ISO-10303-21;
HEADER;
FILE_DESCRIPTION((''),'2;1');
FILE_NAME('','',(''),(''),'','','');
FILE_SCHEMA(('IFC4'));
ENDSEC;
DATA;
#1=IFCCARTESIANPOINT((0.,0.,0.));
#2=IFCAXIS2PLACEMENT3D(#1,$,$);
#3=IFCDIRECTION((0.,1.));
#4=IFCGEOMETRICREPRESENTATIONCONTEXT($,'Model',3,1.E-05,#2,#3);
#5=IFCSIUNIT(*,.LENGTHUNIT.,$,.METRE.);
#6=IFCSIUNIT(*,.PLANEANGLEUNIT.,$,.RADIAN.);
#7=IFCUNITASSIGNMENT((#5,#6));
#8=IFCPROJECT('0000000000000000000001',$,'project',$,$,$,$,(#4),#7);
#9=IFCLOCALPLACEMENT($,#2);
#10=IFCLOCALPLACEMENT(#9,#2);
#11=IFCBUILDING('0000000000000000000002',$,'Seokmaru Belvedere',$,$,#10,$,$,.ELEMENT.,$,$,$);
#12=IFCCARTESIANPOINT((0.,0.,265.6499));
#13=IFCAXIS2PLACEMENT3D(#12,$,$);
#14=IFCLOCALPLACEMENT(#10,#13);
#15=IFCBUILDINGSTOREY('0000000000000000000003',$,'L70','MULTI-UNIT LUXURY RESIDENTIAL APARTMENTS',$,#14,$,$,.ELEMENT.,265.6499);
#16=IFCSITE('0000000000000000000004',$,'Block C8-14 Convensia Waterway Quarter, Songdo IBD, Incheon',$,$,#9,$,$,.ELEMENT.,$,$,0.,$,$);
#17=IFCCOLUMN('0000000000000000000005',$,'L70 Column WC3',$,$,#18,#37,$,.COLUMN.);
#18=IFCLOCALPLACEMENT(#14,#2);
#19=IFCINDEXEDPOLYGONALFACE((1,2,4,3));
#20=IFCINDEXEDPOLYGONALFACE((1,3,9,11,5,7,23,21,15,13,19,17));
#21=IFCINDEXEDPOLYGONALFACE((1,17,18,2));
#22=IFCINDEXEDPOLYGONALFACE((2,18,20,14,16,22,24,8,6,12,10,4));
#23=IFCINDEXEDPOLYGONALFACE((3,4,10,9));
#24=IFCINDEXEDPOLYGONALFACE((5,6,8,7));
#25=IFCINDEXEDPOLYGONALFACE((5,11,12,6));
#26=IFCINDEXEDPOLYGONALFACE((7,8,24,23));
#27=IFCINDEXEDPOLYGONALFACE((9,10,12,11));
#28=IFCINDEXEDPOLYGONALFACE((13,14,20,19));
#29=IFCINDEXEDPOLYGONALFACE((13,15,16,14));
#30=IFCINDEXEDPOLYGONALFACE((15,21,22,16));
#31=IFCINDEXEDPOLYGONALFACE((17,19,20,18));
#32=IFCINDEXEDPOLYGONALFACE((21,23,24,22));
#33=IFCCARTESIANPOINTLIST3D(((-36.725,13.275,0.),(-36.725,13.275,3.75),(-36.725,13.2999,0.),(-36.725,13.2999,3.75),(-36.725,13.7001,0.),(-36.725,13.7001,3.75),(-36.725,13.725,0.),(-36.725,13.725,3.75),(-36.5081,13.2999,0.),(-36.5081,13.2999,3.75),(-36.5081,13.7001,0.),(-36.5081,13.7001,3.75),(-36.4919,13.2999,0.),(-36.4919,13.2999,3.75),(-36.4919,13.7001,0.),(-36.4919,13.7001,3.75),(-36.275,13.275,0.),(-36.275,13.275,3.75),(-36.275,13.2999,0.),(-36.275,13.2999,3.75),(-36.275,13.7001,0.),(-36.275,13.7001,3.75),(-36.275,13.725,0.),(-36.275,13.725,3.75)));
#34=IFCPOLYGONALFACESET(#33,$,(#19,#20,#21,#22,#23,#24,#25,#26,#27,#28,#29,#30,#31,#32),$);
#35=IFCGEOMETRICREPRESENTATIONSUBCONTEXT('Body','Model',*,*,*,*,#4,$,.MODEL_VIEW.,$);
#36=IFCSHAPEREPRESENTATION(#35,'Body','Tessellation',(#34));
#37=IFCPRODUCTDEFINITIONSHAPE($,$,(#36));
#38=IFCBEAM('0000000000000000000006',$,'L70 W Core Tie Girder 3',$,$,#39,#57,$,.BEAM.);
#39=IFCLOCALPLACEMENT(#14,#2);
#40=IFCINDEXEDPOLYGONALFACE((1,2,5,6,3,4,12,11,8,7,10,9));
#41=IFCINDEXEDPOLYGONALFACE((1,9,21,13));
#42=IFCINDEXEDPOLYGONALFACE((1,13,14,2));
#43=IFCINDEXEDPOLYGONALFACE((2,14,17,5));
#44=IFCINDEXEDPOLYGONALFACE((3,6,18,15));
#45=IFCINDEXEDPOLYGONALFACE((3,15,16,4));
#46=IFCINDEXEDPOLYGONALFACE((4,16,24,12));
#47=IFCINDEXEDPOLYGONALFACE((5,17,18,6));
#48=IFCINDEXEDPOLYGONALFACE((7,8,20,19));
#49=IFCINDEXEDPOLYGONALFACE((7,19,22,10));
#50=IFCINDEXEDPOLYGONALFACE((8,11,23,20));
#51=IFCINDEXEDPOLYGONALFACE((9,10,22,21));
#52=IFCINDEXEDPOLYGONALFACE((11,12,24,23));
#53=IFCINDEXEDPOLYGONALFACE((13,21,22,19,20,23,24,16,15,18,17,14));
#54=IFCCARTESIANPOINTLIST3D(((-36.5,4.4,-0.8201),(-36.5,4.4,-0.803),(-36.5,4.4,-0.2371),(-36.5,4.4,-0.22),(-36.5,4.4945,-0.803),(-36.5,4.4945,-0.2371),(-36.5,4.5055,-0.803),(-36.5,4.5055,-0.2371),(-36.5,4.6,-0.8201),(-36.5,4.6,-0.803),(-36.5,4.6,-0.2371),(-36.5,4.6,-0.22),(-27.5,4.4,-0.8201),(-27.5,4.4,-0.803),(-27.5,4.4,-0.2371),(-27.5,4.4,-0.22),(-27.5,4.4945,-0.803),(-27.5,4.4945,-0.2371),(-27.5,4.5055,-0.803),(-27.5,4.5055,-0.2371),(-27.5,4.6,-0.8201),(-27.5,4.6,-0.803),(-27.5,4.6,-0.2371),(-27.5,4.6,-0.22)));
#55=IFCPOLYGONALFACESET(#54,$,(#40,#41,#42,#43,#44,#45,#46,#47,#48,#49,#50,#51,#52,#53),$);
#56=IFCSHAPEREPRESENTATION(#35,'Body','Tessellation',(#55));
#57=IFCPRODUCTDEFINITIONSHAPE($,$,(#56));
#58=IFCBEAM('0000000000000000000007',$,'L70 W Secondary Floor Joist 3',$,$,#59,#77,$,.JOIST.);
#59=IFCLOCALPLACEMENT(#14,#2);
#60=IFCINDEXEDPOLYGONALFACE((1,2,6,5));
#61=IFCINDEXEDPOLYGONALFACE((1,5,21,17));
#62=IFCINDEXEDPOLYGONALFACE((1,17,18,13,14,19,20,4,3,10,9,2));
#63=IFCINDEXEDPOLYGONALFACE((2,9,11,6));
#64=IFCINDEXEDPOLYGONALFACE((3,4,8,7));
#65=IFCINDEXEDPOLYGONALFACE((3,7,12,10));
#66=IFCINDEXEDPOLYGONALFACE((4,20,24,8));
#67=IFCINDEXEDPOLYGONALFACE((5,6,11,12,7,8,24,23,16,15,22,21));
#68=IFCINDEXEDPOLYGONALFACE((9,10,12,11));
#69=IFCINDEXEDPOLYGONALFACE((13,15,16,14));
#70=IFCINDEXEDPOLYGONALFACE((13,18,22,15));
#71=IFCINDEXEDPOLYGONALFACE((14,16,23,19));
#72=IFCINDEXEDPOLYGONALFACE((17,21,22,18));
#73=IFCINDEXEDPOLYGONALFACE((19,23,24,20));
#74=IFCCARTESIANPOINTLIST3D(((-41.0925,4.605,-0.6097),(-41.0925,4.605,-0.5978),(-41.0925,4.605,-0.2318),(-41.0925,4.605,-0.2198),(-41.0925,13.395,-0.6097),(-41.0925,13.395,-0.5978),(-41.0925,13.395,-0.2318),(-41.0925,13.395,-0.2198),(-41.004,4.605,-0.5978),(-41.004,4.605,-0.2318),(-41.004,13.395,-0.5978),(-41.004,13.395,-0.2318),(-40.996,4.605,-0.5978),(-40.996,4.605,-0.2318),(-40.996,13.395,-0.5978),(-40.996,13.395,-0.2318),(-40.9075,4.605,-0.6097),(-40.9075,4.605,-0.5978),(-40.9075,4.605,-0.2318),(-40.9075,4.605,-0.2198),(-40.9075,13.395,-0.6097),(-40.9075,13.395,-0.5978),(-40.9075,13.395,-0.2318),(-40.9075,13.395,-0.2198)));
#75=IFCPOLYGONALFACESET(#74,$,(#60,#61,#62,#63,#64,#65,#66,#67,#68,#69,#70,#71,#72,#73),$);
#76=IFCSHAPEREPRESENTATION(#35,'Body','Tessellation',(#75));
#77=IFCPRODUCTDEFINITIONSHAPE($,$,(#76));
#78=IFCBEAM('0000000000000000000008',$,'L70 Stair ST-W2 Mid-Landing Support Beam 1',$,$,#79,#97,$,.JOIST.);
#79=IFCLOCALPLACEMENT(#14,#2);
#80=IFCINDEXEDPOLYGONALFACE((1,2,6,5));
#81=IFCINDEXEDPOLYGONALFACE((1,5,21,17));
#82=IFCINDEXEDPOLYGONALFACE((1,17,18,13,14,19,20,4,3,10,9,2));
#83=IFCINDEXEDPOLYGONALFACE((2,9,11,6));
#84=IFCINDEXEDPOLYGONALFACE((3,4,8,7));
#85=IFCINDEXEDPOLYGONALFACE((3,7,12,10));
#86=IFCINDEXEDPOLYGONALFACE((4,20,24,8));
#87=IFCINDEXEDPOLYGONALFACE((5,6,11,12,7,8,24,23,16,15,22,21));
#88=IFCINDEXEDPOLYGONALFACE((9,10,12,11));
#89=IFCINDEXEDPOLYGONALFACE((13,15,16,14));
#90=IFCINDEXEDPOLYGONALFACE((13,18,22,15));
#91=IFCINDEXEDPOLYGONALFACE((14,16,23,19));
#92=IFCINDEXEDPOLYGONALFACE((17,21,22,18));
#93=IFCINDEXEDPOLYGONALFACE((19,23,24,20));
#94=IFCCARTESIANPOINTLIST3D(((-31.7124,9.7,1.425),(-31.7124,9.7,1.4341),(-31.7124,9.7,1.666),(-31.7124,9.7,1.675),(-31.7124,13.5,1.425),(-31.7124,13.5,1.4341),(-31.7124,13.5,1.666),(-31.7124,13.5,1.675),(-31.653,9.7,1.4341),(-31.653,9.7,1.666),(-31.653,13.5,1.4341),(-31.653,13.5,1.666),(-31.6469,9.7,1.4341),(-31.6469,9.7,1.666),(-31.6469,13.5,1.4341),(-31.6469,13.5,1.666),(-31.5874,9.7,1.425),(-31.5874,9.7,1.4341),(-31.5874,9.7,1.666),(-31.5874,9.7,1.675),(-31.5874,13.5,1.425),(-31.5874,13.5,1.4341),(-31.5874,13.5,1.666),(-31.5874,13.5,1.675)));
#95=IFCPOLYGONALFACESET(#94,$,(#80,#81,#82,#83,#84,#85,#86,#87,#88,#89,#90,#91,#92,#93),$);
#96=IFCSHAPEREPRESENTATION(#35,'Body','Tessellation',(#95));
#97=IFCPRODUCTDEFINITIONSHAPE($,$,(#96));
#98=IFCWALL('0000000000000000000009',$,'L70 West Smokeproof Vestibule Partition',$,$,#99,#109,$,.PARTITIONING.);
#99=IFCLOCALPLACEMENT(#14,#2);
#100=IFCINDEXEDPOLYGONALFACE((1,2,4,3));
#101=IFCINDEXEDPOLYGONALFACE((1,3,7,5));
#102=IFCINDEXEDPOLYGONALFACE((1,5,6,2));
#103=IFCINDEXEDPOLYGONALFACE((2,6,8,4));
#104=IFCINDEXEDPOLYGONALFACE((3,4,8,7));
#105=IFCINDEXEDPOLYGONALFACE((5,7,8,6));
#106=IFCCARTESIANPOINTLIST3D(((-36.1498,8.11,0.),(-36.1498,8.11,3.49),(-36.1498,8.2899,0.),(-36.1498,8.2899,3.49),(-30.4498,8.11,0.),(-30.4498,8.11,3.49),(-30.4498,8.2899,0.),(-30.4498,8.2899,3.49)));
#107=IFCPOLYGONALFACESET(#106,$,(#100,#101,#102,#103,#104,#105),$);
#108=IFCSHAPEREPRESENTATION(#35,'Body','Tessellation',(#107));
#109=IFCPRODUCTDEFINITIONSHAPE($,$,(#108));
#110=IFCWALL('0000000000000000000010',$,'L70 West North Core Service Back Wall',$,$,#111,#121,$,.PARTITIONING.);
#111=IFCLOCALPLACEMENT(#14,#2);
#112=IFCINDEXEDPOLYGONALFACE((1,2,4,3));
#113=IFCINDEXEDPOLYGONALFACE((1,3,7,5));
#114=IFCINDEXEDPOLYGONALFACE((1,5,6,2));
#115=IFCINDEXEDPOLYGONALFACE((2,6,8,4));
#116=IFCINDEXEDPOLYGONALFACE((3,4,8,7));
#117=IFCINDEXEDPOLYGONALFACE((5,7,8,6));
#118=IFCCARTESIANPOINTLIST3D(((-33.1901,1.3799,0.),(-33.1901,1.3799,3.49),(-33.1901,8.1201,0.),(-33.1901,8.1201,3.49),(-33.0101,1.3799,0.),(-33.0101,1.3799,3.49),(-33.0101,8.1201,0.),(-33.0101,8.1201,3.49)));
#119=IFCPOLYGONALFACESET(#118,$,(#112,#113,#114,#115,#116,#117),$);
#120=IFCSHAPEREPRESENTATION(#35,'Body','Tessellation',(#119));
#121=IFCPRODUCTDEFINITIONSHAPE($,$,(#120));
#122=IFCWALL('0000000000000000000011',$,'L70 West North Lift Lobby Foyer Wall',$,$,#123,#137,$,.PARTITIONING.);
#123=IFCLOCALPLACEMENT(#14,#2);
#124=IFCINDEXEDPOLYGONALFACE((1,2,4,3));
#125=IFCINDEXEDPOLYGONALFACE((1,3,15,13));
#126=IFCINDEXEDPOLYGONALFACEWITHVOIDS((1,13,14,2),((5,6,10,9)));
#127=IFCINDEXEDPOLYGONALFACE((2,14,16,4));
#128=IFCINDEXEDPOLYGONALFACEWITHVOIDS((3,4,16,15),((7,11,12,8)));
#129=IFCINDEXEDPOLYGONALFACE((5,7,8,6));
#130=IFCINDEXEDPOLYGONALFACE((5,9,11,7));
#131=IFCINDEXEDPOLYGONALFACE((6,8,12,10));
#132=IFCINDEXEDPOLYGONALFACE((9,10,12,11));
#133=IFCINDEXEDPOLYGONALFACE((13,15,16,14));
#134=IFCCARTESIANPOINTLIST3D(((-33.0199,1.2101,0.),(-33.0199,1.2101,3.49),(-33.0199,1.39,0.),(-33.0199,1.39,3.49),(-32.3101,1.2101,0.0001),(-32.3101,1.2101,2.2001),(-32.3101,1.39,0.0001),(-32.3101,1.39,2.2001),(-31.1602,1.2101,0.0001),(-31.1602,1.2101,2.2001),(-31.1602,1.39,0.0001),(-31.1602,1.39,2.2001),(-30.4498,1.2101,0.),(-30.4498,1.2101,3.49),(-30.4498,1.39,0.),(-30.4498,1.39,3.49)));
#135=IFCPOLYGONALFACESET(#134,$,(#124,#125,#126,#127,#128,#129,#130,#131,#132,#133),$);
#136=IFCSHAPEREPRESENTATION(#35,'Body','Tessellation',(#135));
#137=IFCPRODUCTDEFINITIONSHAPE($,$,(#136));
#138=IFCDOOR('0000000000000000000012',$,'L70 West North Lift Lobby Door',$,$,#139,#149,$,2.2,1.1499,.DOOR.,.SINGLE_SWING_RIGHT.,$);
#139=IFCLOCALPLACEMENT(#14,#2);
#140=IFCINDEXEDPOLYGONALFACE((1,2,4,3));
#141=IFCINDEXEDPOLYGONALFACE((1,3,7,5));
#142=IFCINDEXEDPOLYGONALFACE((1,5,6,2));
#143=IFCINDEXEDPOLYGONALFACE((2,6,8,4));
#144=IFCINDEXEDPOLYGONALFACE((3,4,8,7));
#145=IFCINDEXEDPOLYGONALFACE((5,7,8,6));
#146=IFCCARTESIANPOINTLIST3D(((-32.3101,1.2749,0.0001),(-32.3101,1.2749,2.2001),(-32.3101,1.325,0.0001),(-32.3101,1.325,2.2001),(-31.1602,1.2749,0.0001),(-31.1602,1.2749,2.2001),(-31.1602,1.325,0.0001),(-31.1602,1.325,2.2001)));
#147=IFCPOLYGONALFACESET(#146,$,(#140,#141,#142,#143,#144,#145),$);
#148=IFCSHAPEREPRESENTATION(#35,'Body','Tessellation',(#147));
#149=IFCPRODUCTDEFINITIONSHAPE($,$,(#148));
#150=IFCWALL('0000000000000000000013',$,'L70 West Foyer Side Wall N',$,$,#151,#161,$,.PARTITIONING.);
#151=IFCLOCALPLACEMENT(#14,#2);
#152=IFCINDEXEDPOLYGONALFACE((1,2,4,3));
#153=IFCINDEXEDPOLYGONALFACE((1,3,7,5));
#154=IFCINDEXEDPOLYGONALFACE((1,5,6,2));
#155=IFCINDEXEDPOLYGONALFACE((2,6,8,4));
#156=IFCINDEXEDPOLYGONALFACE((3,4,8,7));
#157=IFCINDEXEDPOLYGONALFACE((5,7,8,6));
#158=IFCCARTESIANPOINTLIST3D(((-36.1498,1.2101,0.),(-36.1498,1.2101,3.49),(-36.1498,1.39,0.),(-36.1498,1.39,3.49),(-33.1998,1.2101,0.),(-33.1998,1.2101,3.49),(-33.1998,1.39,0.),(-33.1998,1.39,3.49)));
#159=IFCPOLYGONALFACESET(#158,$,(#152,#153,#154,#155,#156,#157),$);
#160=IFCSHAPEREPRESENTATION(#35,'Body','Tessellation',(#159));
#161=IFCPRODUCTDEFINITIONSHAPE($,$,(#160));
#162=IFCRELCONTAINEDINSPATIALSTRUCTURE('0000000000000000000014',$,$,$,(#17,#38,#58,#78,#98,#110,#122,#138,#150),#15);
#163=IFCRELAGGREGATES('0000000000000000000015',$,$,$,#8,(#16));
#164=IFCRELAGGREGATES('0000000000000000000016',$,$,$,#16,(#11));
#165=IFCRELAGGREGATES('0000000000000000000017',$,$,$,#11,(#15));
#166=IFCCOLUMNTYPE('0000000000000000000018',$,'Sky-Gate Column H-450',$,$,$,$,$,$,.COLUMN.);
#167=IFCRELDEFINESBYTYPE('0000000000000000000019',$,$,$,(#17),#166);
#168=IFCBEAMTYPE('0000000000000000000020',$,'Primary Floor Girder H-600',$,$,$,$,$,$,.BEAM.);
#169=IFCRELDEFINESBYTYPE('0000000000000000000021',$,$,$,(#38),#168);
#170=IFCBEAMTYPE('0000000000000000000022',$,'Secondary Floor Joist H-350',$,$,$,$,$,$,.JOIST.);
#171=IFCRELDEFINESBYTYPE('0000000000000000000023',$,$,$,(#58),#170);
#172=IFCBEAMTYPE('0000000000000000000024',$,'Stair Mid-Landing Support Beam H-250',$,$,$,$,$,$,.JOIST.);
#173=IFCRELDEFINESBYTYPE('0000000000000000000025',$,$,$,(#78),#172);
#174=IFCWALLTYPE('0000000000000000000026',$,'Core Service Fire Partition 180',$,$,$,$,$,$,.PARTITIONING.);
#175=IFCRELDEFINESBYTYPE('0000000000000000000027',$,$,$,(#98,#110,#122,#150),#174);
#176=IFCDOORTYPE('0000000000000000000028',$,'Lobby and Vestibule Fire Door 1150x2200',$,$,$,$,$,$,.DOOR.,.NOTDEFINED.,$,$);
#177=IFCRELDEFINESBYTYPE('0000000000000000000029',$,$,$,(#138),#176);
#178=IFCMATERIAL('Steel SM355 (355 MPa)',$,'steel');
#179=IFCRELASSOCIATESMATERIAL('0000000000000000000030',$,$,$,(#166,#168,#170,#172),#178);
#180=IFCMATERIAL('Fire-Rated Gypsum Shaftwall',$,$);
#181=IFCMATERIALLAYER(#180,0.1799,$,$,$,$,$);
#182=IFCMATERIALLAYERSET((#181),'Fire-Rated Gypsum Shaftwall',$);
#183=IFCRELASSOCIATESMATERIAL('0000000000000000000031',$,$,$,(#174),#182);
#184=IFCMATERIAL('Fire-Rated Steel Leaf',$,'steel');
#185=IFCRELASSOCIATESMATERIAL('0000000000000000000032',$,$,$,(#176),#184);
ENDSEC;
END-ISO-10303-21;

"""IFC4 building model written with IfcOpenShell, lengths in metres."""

from ifc_helpers import new_model, si_unit, direction, frame, frame_2d, origin, origin_2d, place, context, subcontext, project, spatial, rectangle, i_section, extrude, source, transform, mapped, material, layer, layer_set, material_profile, profile_set, type_object, type_shapes, element, fill, save


model = new_model("IFC4")

# Units and contexts
model_context = context("Model", 3, precision=1e-05, world=origin(), true_north=direction((0.0, 1.0)))
body_context = subcontext(model_context, "Body", "Model", "MODEL_VIEW")
ifc_project = project(units=[si_unit("LENGTHUNIT", "METRE"), si_unit("PLANEANGLEUNIT", "RADIAN")], contexts=[model_context])

# Site, building, storey
site_placement = place(None, origin())
site = spatial("IfcSite", under=ifc_project, at=site_placement, Name="Block C8-14 Convensia Waterway Quarter, Songdo IBD, Incheon", CompositionType="ELEMENT", RefElevation=0.0)
building_placement = place(site_placement, origin())
building = spatial("IfcBuilding", under=site, at=building_placement, Name="Seokmaru Belvedere", CompositionType="ELEMENT")
storey_placement = place(building_placement, frame((0.0, 0.0, 265.6499)))
storey = spatial("IfcBuildingStorey", under=building, at=storey_placement, Name="L70", Description="MULTI-UNIT LUXURY RESIDENTIAL APARTMENTS", CompositionType="ELEMENT", Elevation=265.6499)

# Column
ifc_material_1 = material(Name="Steel SM355 (355 MPa)", Category="steel")
ifc_material_profile_1 = material_profile(ifc_material_1, i_section(OverallWidth=0.45, OverallDepth=0.45, WebThickness=0.0161, FlangeThickness=0.0249, at=origin_2d()), Name="H-450x450x16x25")
ifc_profile_set_1 = profile_set([ifc_material_profile_1], Name="Steel SM355 (355 MPa)")
column_type = type_object("IfcColumnType", Name="Sky-Gate Column H-450", PredefinedType="COLUMN", material=ifc_profile_set_1)
shared_shape_1 = source(origin(), body_context, "Body", "SweptSolid", [
    extrude(i_section(OverallWidth=0.45, OverallDepth=0.45, WebThickness=0.0161, FlangeThickness=0.0249, at=origin_2d()), origin(), (0.0, 0.0, 1.0), 3.75),
])
type_shapes(column_type, [shared_shape_1])
column_placement = place(storey_placement, frame((-36.5, 13.5, 0.0), z_axis=(0.0, 0.0, 1.0), x_axis=(1.0, 0.0, 0.0)))
element("IfcColumn", 1, at=column_placement, inside=storey, type_object=column_type, Name="L70 Column WC3", PredefinedType="COLUMN", context=body_context, shape_type="MappedRepresentation", body=[
    mapped(shared_shape_1, transform((0.0, 0.0, 0.0), scale=1.0)),
])

# Beams
ifc_material_profile_2 = material_profile(ifc_material_1, i_section(OverallWidth=0.2, OverallDepth=0.6001, WebThickness=0.011, FlangeThickness=0.0171, at=origin_2d()), Name="H-600x200x11x17")
ifc_profile_set_2 = profile_set([ifc_material_profile_2], Name="Steel SM355 (355 MPa)")
beam_type_1 = type_object("IfcBeamType", Name="Primary Floor Girder H-600", PredefinedType="BEAM", material=ifc_profile_set_2)
shared_shape_2 = source(origin(), body_context, "Body", "SweptSolid", [
    extrude(i_section(OverallWidth=0.2, OverallDepth=0.6001, WebThickness=0.011, FlangeThickness=0.0171, at=origin_2d()), origin(), (0.0, 0.0, 1.0), 9.0),
])
type_shapes(beam_type_1, [shared_shape_2])
beam_1_placement = place(storey_placement, frame((-36.5, 4.5, -0.52), z_axis=(1.0, 0.0, 0.0), x_axis=(0.0, 1.0, 0.0)))
element("IfcBeam", 2, at=beam_1_placement, inside=storey, type_object=beam_type_1, Name="L70 W Core Tie Girder 3", PredefinedType="BEAM", context=body_context, shape_type="MappedRepresentation", body=[
    mapped(shared_shape_2, transform((0.0, 0.0, 0.0), scale=1.0)),
])
ifc_material_profile_3 = material_profile(ifc_material_1, i_section(OverallWidth=0.1851, OverallDepth=0.3899, WebThickness=0.0081, FlangeThickness=0.012, at=origin_2d()), Name="H-390x185x8x12")
ifc_profile_set_3 = profile_set([ifc_material_profile_3], Name="Steel SM355 (355 MPa)")
beam_type_2 = type_object("IfcBeamType", Name="Secondary Floor Joist H-350", PredefinedType="JOIST", material=ifc_profile_set_3)
shared_shape_3 = source(origin(), body_context, "Body", "SweptSolid", [
    extrude(i_section(OverallWidth=0.1851, OverallDepth=0.3899, WebThickness=0.0081, FlangeThickness=0.012, at=origin_2d()), origin(), (0.0, 0.0, 1.0), 8.79),
])
type_shapes(beam_type_2, [shared_shape_3])
beam_2_placement = place(storey_placement, frame((-41.0, 4.605, -0.4148), z_axis=(0.0, 1.0, 0.0), x_axis=(-1.0, 0.0, 0.0)))
element("IfcBeam", 3, at=beam_2_placement, inside=storey, type_object=beam_type_2, Name="L70 W Secondary Floor Joist 3", PredefinedType="JOIST", context=body_context, shape_type="MappedRepresentation", body=[
    mapped(shared_shape_3, transform((0.0, 0.0, 0.0), scale=1.0)),
])
ifc_material_profile_4 = material_profile(ifc_material_1, i_section(OverallWidth=0.125, OverallDepth=0.25, WebThickness=0.0061, FlangeThickness=0.009, at=origin_2d()), Name="H-250x125x6x9")
ifc_profile_set_4 = profile_set([ifc_material_profile_4], Name="Steel SM355 (355 MPa)")
beam_type_3 = type_object("IfcBeamType", Name="Stair Mid-Landing Support Beam H-250", PredefinedType="JOIST", material=ifc_profile_set_4)
shared_shape_4 = source(origin(), body_context, "Body", "SweptSolid", [
    extrude(i_section(OverallWidth=0.125, OverallDepth=0.25, WebThickness=0.0061, FlangeThickness=0.009, at=origin_2d()), origin(), (0.0, 0.0, 1.0), 3.8),
])
type_shapes(beam_type_3, [shared_shape_4])
beam_3_placement = place(storey_placement, frame((-31.6499, 9.7, 1.55), z_axis=(0.0, 1.0, 0.0), x_axis=(-1.0, 0.0, 0.0)))
element("IfcBeam", 4, at=beam_3_placement, inside=storey, type_object=beam_type_3, Name="L70 Stair ST-W2 Mid-Landing Support Beam 1", PredefinedType="JOIST", context=body_context, shape_type="MappedRepresentation", body=[
    mapped(shared_shape_4, transform((0.0, 0.0, 0.0), scale=1.0)),
])

# Walls
ifc_material_2 = material(Name="Fire-Rated Gypsum Shaftwall")
ifc_layer_1 = layer(ifc_material_2, 0.1799)
ifc_layer_set_1 = layer_set([ifc_layer_1], Name="Fire-Rated Gypsum Shaftwall")
wall_type_1 = type_object("IfcWallType", Name="Core Service Fire Partition 180", PredefinedType="PARTITIONING", material=ifc_layer_set_1)
wall_1_placement = place(storey_placement, frame((-36.1499, 8.2, 0.0), z_axis=(0.0, 0.0, 1.0), x_axis=(1.0, 0.0, 0.0)))
element("IfcWall", 5, at=wall_1_placement, inside=storey, type_object=wall_type_1, Name="L70 West Smokeproof Vestibule Partition", PredefinedType="PARTITIONING", context=body_context, shape_type="SweptSolid", body=[
    extrude(rectangle(XDim=5.7, YDim=0.1799, at=frame_2d((2.8501, 0.0))), origin(), (0.0, 0.0, 1.0), 3.49),
])
wall_2_placement = place(storey_placement, frame((-33.1001, 1.3799, 0.0), z_axis=(0.0, 0.0, 1.0), x_axis=(0.0, 1.0, 0.0)))
element("IfcWall", 6, at=wall_2_placement, inside=storey, type_object=wall_type_1, Name="L70 West North Core Service Back Wall", PredefinedType="PARTITIONING", context=body_context, shape_type="SweptSolid", body=[
    extrude(rectangle(XDim=6.7402, YDim=0.1799, at=frame_2d((3.3701, 0.0))), origin(), (0.0, 0.0, 1.0), 3.49),
])

# Wall, opening, door
wall_3_placement = place(storey_placement, frame((-33.02, 1.3, 0.0), z_axis=(0.0, 0.0, 1.0), x_axis=(1.0, 0.0, 0.0)))
wall_3 = element("IfcWall", 7, at=wall_3_placement, inside=storey, type_object=wall_type_1, Name="L70 West North Lift Lobby Foyer Wall", PredefinedType="PARTITIONING", context=body_context, shape_type="SweptSolid", body=[
    extrude(rectangle(XDim=2.5701, YDim=0.1799, at=frame_2d((1.2852, 0.0))), origin(), (0.0, 0.0, 1.0), 3.49),
])
opening_1_placement = place(wall_3_placement, frame((0.71, 0.0, 0.0)))
opening_1 = element("IfcOpeningElement", 8, at=opening_1_placement, cuts=wall_3, PredefinedType="OPENING", context=body_context, shape_type="SweptSolid", body=[
    extrude(rectangle(XDim=1.1499, YDim=2.2, at=frame_2d((0.575, 1.1001))), frame((0.0, 0.1001, 0.0), z_axis=(0.0, -1.0, 0.0), x_axis=(1.0, 0.0, 0.0)), (0.0, 0.0, 1.0), 0.2),
])
ifc_material_3 = material(Name="Fire-Rated Steel Leaf", Category="steel")
door_type_1 = type_object("IfcDoorType", Name="Lobby and Vestibule Fire Door 1150x2200", OperationType="NOTDEFINED", PredefinedType="DOOR", material=ifc_material_3)
shared_shape_5 = source(origin(), body_context, "Body", "SweptSolid", [
    extrude(rectangle(XDim=1.1499, YDim=2.2, at=frame_2d((0.575, 1.1001))), frame((0.0, 0.0249, 0.0), z_axis=(0.0, -1.0, 0.0), x_axis=(1.0, 0.0, 0.0)), (0.0, 0.0, 1.0), 0.05),
])
type_shapes(door_type_1, [shared_shape_5])
door_1_placement = place(opening_1_placement, origin())
door_1 = element("IfcDoor", 9, at=door_1_placement, inside=storey, type_object=door_type_1, Name="L70 West North Lift Lobby Door", OperationType="SINGLE_SWING_RIGHT", OverallHeight=2.2, OverallWidth=1.1499, PredefinedType="DOOR", context=body_context, shape_type="MappedRepresentation", body=[
    mapped(shared_shape_5, transform((0.0, 0.0, 0.0), scale=1.0)),
])
fill(opening_1, door_1)

# Wall
wall_4_placement = place(storey_placement, frame((-36.1499, 1.3, 0.0), z_axis=(0.0, 0.0, 1.0), x_axis=(1.0, 0.0, 0.0)))
element("IfcWall", 10, at=wall_4_placement, inside=storey, type_object=wall_type_1, Name="L70 West Foyer Side Wall N", PredefinedType="PARTITIONING", context=body_context, shape_type="SweptSolid", body=[
    extrude(rectangle(XDim=2.95, YDim=0.1799, at=frame_2d((1.4751, 0.0))), origin(), (0.0, 0.0, 1.0), 3.49),
])

save(model, "model.ifc")
